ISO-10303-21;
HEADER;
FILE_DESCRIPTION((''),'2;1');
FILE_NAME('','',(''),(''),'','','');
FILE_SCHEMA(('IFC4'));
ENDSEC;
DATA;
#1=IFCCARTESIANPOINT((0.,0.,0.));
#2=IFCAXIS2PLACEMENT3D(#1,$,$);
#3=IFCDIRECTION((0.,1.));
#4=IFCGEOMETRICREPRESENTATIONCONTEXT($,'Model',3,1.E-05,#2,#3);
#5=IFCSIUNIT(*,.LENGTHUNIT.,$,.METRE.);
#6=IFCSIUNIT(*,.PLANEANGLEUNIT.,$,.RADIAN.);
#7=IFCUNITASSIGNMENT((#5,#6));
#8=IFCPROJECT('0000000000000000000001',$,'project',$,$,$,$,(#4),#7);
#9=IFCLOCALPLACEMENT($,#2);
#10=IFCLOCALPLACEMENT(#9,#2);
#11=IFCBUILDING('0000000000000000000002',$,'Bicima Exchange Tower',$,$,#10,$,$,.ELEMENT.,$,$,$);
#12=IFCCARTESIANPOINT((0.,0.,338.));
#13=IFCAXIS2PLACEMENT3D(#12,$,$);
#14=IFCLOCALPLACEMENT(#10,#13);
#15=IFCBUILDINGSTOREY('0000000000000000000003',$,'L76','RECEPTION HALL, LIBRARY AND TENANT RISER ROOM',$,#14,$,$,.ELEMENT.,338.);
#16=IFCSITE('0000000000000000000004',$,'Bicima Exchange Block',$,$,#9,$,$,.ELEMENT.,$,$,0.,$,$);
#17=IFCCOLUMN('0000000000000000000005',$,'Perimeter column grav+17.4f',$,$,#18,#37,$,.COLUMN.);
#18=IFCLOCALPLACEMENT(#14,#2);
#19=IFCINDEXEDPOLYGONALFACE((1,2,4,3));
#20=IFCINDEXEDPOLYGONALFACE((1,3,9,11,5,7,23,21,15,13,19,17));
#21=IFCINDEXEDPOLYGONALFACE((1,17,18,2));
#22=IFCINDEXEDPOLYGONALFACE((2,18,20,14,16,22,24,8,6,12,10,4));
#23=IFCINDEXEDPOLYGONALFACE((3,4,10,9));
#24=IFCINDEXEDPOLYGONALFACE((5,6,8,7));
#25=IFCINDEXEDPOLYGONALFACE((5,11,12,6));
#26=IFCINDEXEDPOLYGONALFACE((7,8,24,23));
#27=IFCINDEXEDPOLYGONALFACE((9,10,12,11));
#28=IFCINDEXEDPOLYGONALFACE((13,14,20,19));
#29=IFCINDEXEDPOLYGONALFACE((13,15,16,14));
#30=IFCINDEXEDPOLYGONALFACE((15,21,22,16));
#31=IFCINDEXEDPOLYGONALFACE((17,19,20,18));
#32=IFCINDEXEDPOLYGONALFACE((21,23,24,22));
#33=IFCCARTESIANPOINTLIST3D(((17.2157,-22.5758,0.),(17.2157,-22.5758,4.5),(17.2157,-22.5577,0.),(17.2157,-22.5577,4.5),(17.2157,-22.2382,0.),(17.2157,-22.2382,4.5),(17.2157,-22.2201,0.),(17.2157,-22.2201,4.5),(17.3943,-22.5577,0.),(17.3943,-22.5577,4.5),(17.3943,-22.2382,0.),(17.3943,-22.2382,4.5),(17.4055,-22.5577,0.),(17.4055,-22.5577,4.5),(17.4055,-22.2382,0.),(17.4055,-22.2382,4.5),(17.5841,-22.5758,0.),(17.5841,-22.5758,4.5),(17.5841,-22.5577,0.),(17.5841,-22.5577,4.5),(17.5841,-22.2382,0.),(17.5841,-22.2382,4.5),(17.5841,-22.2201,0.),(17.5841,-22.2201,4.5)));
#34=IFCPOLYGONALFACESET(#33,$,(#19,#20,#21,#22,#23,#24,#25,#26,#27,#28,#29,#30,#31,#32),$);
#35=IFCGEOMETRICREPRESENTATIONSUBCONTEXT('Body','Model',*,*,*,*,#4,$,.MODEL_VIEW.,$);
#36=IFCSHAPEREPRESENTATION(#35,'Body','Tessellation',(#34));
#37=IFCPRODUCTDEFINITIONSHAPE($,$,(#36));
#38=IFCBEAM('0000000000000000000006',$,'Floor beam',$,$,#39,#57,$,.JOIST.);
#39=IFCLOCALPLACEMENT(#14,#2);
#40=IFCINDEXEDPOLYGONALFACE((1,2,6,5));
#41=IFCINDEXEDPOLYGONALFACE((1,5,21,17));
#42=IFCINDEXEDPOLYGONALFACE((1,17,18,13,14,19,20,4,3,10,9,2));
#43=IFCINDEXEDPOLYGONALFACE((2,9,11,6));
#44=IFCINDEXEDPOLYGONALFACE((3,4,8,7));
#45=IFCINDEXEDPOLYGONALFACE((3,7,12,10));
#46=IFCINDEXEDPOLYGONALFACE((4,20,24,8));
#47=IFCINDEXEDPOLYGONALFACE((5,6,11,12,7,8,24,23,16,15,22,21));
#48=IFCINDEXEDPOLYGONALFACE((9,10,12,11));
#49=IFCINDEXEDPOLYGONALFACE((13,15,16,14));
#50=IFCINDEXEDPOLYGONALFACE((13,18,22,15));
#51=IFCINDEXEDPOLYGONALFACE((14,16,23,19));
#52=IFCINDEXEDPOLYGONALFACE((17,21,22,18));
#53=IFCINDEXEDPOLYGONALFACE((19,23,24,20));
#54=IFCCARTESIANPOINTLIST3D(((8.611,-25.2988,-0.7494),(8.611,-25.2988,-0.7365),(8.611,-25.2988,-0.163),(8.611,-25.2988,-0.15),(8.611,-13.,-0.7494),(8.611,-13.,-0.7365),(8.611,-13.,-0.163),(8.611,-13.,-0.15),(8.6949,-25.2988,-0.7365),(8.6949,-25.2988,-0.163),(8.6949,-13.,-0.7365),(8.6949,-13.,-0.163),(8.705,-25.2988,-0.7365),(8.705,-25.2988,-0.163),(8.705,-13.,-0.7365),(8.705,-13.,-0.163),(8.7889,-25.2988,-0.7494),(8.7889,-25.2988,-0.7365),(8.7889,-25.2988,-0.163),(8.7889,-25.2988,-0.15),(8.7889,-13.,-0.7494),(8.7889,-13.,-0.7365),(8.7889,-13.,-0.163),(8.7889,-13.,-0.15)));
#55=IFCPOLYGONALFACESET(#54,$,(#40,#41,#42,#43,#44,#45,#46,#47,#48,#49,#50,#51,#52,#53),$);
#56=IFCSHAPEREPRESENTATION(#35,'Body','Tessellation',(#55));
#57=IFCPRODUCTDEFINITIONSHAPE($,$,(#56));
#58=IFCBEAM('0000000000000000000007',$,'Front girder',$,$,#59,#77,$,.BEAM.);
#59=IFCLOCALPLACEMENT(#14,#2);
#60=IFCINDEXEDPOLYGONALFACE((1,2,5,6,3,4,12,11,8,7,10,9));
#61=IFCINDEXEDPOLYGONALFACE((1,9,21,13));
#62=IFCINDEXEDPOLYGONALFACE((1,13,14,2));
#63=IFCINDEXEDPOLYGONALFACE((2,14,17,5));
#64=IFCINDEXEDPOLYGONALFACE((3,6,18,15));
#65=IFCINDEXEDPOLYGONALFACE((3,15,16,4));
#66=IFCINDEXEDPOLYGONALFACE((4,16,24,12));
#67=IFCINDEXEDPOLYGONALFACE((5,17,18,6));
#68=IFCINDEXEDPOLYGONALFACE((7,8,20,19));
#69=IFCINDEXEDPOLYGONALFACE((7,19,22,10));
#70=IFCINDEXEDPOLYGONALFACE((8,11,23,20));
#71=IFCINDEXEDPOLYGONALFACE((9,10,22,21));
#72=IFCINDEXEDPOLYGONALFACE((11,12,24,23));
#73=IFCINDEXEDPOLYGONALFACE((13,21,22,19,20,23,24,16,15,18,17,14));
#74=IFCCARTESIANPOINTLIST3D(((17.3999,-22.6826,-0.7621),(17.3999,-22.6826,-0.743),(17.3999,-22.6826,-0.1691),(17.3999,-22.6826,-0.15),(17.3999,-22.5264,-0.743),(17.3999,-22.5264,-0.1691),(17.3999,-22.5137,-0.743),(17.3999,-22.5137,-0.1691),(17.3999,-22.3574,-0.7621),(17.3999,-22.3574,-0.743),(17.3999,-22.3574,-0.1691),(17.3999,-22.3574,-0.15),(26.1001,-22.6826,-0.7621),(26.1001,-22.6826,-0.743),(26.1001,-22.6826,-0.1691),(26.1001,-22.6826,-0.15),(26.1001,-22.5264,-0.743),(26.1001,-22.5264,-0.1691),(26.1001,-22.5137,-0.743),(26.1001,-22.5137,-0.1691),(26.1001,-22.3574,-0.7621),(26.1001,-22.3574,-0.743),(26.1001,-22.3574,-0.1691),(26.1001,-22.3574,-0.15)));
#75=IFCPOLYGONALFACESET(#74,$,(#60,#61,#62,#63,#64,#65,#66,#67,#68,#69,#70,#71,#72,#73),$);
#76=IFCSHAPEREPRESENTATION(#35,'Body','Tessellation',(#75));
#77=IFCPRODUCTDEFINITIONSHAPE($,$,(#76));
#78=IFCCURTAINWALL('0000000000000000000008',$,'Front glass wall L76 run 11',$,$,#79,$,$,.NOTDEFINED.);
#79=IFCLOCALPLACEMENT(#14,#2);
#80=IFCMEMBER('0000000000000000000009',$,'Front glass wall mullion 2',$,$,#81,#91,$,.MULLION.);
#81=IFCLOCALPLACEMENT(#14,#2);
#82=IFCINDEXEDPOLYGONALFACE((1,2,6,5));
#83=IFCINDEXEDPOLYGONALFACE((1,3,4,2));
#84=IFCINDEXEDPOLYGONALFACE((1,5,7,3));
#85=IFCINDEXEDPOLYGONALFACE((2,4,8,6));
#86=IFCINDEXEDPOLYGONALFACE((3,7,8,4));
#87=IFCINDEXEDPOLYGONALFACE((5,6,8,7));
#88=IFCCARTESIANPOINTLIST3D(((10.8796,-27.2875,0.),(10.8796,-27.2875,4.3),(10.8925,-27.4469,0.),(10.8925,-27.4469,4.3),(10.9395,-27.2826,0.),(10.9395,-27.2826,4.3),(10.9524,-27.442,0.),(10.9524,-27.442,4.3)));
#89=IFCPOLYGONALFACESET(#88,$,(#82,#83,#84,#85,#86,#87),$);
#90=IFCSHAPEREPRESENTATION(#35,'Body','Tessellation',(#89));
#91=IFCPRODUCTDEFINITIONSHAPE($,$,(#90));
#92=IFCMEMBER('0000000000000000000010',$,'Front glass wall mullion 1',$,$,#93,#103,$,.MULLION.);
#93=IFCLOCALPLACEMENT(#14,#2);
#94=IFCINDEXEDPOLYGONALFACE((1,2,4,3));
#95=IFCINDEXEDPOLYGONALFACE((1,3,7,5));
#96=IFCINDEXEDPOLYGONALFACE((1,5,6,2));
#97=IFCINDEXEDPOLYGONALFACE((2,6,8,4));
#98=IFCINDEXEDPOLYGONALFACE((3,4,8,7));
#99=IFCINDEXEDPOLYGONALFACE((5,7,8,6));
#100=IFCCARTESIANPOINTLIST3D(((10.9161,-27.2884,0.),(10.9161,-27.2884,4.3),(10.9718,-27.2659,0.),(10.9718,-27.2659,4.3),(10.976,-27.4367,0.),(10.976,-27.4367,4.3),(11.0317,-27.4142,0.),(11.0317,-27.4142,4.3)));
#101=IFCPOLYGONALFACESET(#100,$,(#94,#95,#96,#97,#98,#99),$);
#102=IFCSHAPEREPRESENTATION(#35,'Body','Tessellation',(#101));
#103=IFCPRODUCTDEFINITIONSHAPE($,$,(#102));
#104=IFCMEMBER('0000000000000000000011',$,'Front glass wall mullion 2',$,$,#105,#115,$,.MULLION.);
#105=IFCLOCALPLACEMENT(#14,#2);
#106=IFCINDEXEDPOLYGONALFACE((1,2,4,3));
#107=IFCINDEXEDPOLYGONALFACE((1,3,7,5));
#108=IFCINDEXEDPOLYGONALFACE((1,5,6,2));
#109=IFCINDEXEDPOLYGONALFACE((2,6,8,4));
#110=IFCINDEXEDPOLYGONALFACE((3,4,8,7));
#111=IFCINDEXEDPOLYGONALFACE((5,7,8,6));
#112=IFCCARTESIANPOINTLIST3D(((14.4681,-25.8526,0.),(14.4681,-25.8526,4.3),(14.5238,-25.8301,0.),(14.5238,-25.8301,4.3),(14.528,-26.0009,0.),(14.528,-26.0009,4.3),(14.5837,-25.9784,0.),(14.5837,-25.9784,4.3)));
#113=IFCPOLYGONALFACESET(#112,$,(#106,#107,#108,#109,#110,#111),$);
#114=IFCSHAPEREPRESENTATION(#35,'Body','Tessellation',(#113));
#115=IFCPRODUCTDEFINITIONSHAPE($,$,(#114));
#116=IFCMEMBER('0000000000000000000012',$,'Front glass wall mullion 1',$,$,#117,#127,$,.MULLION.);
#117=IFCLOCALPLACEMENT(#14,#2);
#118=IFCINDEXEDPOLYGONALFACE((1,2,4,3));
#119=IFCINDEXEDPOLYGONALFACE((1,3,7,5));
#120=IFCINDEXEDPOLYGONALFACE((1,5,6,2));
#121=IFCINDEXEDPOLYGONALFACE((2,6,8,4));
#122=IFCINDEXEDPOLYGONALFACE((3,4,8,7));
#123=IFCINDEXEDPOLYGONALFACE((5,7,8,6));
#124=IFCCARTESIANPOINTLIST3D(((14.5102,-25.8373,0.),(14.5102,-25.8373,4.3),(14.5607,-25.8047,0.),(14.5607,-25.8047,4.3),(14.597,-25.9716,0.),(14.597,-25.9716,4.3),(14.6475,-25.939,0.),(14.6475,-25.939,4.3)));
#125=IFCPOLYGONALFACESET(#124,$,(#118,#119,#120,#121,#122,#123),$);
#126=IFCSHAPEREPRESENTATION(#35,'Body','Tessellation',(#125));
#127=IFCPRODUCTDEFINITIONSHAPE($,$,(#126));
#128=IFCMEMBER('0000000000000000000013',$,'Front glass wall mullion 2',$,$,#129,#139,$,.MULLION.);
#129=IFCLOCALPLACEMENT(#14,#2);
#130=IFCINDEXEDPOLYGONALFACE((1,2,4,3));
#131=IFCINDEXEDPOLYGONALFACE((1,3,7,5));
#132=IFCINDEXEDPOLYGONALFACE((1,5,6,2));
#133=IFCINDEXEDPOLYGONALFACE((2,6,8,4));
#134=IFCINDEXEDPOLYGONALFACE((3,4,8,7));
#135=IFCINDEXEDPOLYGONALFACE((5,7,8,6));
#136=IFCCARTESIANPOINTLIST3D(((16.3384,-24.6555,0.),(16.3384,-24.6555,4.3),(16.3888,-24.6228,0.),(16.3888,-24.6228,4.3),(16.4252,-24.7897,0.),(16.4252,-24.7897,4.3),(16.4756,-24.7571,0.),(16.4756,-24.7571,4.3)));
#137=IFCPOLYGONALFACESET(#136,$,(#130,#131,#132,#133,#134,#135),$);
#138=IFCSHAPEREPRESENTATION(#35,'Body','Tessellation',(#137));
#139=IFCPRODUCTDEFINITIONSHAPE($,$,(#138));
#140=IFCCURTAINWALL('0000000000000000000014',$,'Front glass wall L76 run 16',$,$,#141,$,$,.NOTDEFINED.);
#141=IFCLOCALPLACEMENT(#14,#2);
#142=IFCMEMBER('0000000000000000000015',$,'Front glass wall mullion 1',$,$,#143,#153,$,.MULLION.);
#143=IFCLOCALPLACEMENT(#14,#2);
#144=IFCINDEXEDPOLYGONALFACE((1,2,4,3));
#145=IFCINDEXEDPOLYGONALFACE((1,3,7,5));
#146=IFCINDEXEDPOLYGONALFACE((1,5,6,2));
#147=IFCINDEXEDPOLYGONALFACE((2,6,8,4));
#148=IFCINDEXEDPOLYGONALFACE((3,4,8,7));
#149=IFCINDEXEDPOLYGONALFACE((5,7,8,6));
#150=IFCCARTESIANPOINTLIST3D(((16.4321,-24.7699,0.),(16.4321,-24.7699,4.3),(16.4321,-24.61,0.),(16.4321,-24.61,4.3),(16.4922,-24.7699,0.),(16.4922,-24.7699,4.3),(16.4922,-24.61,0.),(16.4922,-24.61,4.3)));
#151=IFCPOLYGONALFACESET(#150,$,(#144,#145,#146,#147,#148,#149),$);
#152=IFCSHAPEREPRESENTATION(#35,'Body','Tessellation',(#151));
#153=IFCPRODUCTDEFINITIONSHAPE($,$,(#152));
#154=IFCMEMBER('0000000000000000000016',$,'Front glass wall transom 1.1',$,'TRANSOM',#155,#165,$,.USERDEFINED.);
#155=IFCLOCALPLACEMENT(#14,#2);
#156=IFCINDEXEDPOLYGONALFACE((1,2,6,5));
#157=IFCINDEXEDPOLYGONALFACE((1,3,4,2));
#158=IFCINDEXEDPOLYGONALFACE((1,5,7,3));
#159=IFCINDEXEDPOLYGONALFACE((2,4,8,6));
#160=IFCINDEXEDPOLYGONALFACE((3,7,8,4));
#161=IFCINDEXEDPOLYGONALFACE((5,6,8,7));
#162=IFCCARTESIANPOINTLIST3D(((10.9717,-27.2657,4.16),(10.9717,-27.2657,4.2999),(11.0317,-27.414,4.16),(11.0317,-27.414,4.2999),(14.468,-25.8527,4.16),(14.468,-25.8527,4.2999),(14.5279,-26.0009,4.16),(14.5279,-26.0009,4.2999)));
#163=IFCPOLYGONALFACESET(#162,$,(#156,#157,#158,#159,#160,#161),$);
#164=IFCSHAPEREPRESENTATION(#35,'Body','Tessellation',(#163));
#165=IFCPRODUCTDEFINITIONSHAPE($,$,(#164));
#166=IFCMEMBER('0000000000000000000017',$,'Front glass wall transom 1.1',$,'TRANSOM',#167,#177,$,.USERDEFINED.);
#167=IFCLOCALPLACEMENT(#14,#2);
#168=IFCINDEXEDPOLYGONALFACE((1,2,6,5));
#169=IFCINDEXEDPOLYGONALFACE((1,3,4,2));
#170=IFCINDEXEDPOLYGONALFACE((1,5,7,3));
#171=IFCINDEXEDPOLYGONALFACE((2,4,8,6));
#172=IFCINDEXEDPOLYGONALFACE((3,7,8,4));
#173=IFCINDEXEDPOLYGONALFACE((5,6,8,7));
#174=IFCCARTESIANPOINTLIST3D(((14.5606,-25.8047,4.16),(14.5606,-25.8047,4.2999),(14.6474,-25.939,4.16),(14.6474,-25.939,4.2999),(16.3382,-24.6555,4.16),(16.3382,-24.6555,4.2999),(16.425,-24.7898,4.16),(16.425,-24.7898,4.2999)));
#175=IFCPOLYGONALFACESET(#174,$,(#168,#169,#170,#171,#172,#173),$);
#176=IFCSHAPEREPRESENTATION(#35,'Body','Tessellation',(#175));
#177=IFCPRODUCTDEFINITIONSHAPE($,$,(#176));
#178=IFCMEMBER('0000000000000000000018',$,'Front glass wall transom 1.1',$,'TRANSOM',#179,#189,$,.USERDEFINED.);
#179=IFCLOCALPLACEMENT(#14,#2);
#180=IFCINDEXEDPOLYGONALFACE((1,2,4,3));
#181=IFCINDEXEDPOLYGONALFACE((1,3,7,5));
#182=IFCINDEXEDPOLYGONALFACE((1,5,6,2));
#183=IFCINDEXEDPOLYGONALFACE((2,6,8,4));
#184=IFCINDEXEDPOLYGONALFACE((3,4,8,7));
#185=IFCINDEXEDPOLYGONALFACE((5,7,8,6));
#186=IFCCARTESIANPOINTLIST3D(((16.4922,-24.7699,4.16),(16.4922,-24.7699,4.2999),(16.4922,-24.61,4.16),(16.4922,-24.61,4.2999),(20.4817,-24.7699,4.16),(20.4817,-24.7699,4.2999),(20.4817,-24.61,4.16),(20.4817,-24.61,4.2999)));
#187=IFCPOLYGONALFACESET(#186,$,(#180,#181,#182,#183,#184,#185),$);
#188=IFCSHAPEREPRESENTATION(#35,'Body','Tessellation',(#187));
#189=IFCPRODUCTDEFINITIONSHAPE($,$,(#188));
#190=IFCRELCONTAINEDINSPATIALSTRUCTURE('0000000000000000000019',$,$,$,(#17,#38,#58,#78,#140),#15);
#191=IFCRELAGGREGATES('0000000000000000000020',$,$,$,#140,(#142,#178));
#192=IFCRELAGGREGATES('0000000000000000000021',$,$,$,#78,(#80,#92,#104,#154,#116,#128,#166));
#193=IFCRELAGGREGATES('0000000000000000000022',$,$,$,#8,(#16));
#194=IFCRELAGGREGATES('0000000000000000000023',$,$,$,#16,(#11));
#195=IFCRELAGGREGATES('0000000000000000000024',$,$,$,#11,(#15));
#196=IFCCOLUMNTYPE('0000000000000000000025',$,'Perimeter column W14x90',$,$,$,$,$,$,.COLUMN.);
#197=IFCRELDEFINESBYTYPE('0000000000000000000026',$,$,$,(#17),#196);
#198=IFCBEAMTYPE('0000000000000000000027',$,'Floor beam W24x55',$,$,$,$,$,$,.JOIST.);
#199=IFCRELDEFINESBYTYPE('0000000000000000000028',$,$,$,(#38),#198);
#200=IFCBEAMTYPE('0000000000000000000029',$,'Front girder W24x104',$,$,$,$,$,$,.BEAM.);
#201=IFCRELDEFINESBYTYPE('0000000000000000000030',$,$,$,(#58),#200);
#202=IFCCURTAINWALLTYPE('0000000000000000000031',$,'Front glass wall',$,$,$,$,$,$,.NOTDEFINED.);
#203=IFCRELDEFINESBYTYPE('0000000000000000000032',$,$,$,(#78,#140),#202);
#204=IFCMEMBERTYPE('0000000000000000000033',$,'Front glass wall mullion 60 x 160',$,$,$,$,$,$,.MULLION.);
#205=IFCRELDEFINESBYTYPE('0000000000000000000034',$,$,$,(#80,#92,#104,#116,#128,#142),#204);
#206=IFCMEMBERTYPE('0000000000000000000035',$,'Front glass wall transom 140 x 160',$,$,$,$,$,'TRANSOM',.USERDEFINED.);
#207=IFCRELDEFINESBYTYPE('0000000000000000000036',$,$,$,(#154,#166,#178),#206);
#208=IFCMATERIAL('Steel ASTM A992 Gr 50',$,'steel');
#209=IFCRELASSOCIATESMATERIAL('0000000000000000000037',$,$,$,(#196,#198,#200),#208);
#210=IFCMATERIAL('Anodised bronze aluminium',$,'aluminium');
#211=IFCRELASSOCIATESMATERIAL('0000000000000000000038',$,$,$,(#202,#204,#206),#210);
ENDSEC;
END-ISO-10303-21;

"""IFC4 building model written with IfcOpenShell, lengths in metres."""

from ifc_helpers import new_model, si_unit, direction, frame, origin, origin_2d, place, context, subcontext, project, spatial, rectangle, i_section, extrude, material, material_profile, profile_set, type_object, element, aggregate, save


model = new_model("IFC4")

# Units and contexts
model_context = context("Model", 3, precision=1e-05, world=origin(), true_north=direction((0.0, 1.0)))
body_context = subcontext(model_context, "Body", "Model", "MODEL_VIEW")
ifc_project = project(units=[si_unit("LENGTHUNIT", "METRE"), si_unit("PLANEANGLEUNIT", "RADIAN")], contexts=[model_context])

# Site, building, storey
site_placement = place(None, origin())
site = spatial("IfcSite", under=ifc_project, at=site_placement, Name="Bicima Exchange Block", CompositionType="ELEMENT", RefElevation=0.0)
building_placement = place(site_placement, origin())
building = spatial("IfcBuilding", under=site, at=building_placement, Name="Bicima Exchange Tower", CompositionType="ELEMENT")
storey_placement = place(building_placement, frame((0.0, 0.0, 338.0)))
storey = spatial("IfcBuildingStorey", under=building, at=storey_placement, Name="L76", Description="RECEPTION HALL, LIBRARY AND TENANT RISER ROOM", CompositionType="ELEMENT", Elevation=338.0)

# Column
ifc_material_1 = material(Name="Steel ASTM A992 Gr 50", Category="steel")
ifc_material_profile_1 = material_profile(ifc_material_1, i_section(OverallWidth=0.3684, OverallDepth=0.3557, WebThickness=0.0112, FlangeThickness=0.0181, at=origin_2d()))
ifc_profile_set_1 = profile_set([ifc_material_profile_1], Name="Steel ASTM A992 Gr 50")
column_type = type_object("IfcColumnType", Name="Perimeter column W14x90", PredefinedType="COLUMN", material=ifc_profile_set_1)
column_placement = place(storey_placement, frame((17.3999, -22.3979, 0.0), z_axis=(0.0, 0.0, 1.0), x_axis=(1.0, 0.0, 0.0)))
element("IfcColumn", 1, at=column_placement, inside=storey, type_object=column_type, Name="Perimeter column grav+17.4f", PredefinedType="COLUMN", context=body_context, shape_type="SweptSolid", body=[
    extrude(i_section(OverallWidth=0.3684, OverallDepth=0.3557, WebThickness=0.0112, FlangeThickness=0.0181, at=origin_2d()), origin(), (0.0, 0.0, 1.0), 4.5),
])

# Beams
ifc_material_profile_2 = material_profile(ifc_material_1, i_section(OverallWidth=0.178, OverallDepth=0.5994, WebThickness=0.01, FlangeThickness=0.0129, at=origin_2d()))
ifc_profile_set_2 = profile_set([ifc_material_profile_2], Name="Steel ASTM A992 Gr 50")
beam_type_1 = type_object("IfcBeamType", Name="Floor beam W24x55", PredefinedType="JOIST", material=ifc_profile_set_2)
beam_1_placement = place(storey_placement, frame((8.7, -13.0, -0.4497), z_axis=(0.0, -1.0, 0.0), x_axis=(1.0, 0.0, 0.0)))
element("IfcBeam", 2, at=beam_1_placement, inside=storey, type_object=beam_type_1, Name="Floor beam", PredefinedType="JOIST", context=body_context, shape_type="SweptSolid", body=[
    extrude(i_section(OverallWidth=0.178, OverallDepth=0.5994, WebThickness=0.01, FlangeThickness=0.0129, at=origin_2d()), origin(), (0.0, 0.0, 1.0), 12.2988),
])
ifc_material_profile_3 = material_profile(ifc_material_1, i_section(OverallWidth=0.3252, OverallDepth=0.6121, WebThickness=0.0127, FlangeThickness=0.019, at=origin_2d()))
ifc_profile_set_3 = profile_set([ifc_material_profile_3], Name="Steel ASTM A992 Gr 50")
beam_type_2 = type_object("IfcBeamType", Name="Front girder W24x104", PredefinedType="BEAM", material=ifc_profile_set_3)
beam_2_placement = place(storey_placement, frame((17.3999, -22.52, -0.4561), z_axis=(1.0, 0.0, 0.0), x_axis=(0.0, 1.0, 0.0)))
element("IfcBeam", 3, at=beam_2_placement, inside=storey, type_object=beam_type_2, Name="Front girder", PredefinedType="BEAM", context=body_context, shape_type="SweptSolid", body=[
    extrude(i_section(OverallWidth=0.3252, OverallDepth=0.6121, WebThickness=0.0127, FlangeThickness=0.019, at=origin_2d()), origin(), (0.0, 0.0, 1.0), 8.7002),
])

# Curtain wall, members
ifc_material_2 = material(Name="Anodised bronze aluminium", Category="aluminium")
curtain_wall_type = type_object("IfcCurtainWallType", Name="Front glass wall", PredefinedType="NOTDEFINED", material=ifc_material_2)
curtain_wall_1_placement = place(storey_placement, origin())
curtain_wall_1 = element("IfcCurtainWall", 4, at=curtain_wall_1_placement, inside=storey, type_object=curtain_wall_type, Name="Front glass wall L76 run 11", PredefinedType="NOTDEFINED")
ifc_material_profile_4 = material_profile(ifc_material_2, rectangle(XDim=0.1599, YDim=0.0601, at=origin_2d()))
ifc_profile_set_4 = profile_set([ifc_material_profile_4], Name="Anodised bronze aluminium")
member_type_1 = type_object("IfcMemberType", Name="Front glass wall mullion 60 x 160", PredefinedType="MULLION", material=ifc_profile_set_4)
member_1_placement = place(storey_placement, frame((10.916, -27.3647, 0.0), z_axis=(0.0, 0.0, 1.0), x_axis=(-0.080589, 0.996747, 0.0)))
member_1 = element("IfcMember", 5, at=member_1_placement, type_object=member_type_1, Name="Front glass wall mullion 2", PredefinedType="MULLION", context=body_context, shape_type="SweptSolid", body=[
    extrude(rectangle(XDim=0.1599, YDim=0.0601, at=origin_2d()), origin(), (0.0, 0.0, 1.0), 4.3),
])
member_2_placement = place(storey_placement, frame((10.9739, -27.3513, 0.0), z_axis=(0.0, 0.0, 1.0), x_axis=(-0.374705, 0.927144, 0.0)))
member_2 = element("IfcMember", 6, at=member_2_placement, type_object=member_type_1, Name="Front glass wall mullion 1", PredefinedType="MULLION", context=body_context, shape_type="SweptSolid", body=[
    extrude(rectangle(XDim=0.1599, YDim=0.0601, at=origin_2d()), origin(), (0.0, 0.0, 1.0), 4.3),
])
member_3_placement = place(storey_placement, frame((14.5259, -25.9155, 0.0), z_axis=(0.0, 0.0, 1.0), x_axis=(-0.374705, 0.927144, 0.0)))
member_3 = element("IfcMember", 7, at=member_3_placement, type_object=member_type_1, Name="Front glass wall mullion 2", PredefinedType="MULLION", context=body_context, shape_type="SweptSolid", body=[
    extrude(rectangle(XDim=0.1599, YDim=0.0601, at=origin_2d()), origin(), (0.0, 0.0, 1.0), 4.3),
])
member_4_placement = place(storey_placement, frame((14.5789, -25.8882, 0.0), z_axis=(0.0, 0.0, 1.0), x_axis=(-0.542909, 0.839791, 0.0)))
member_4 = element("IfcMember", 8, at=member_4_placement, type_object=member_type_1, Name="Front glass wall mullion 1", PredefinedType="MULLION", context=body_context, shape_type="SweptSolid", body=[
    extrude(rectangle(XDim=0.1599, YDim=0.0601, at=origin_2d()), origin(), (0.0, 0.0, 1.0), 4.3),
])
member_5_placement = place(storey_placement, frame((16.407, -24.7063, 0.0), z_axis=(0.0, 0.0, 1.0), x_axis=(-0.542909, 0.839791, 0.0)))
member_5 = element("IfcMember", 9, at=member_5_placement, type_object=member_type_1, Name="Front glass wall mullion 2", PredefinedType="MULLION", context=body_context, shape_type="SweptSolid", body=[
    extrude(rectangle(XDim=0.1599, YDim=0.0601, at=origin_2d()), origin(), (0.0, 0.0, 1.0), 4.3),
])

# Curtain wall, member
curtain_wall_2_placement = place(storey_placement, origin())
curtain_wall_2 = element("IfcCurtainWall", 10, at=curtain_wall_2_placement, inside=storey, type_object=curtain_wall_type, Name="Front glass wall L76 run 16", PredefinedType="NOTDEFINED")
member_6_placement = place(storey_placement, frame((16.4622, -24.6899, 0.0), z_axis=(0.0, 0.0, 1.0), x_axis=(0.0, 1.0, 0.0)))
member_6 = element("IfcMember", 11, at=member_6_placement, type_object=member_type_1, Name="Front glass wall mullion 1", PredefinedType="MULLION", context=body_context, shape_type="SweptSolid", body=[
    extrude(rectangle(XDim=0.1599, YDim=0.0601, at=origin_2d()), origin(), (0.0, 0.0, 1.0), 4.3),
])

# Members
ifc_material_profile_5 = material_profile(ifc_material_2, rectangle(XDim=0.1599, YDim=0.1399, at=origin_2d()))
ifc_profile_set_5 = profile_set([ifc_material_profile_5], Name="Anodised bronze aluminium")
member_type_2 = type_object("IfcMemberType", Name="Front glass wall transom 140 x 160", ElementType="TRANSOM", PredefinedType="USERDEFINED", material=ifc_profile_set_5)
member_7_placement = place(storey_placement, frame((11.0017, -27.3398, 4.23), z_axis=(0.92714, 0.374715, 0.0), x_axis=(-0.374715, 0.92714, 0.0)))
member_7 = element("IfcMember", 12, at=member_7_placement, type_object=member_type_2, Name="Front glass wall transom 1.1", ObjectType="TRANSOM", PredefinedType="USERDEFINED", context=body_context, shape_type="SweptSolid", body=[
    extrude(rectangle(XDim=0.1599, YDim=0.1399, at=origin_2d()), origin(), (0.0, 0.0, 1.0), 3.771),
])
member_8_placement = place(storey_placement, frame((14.604, -25.8718, 4.23), z_axis=(0.839793, 0.542907, 0.0), x_axis=(-0.542907, 0.839793, 0.0)))
member_8 = element("IfcMember", 13, at=member_8_placement, type_object=member_type_2, Name="Front glass wall transom 1.1", ObjectType="TRANSOM", PredefinedType="USERDEFINED", context=body_context, shape_type="SweptSolid", body=[
    extrude(rectangle(XDim=0.1599, YDim=0.1399, at=origin_2d()), origin(), (0.0, 0.0, 1.0), 2.1167),
])
member_9_placement = place(storey_placement, frame((16.4922, -24.6899, 4.23), z_axis=(1.0, 0.0, 0.0), x_axis=(0.0, 1.0, 0.0)))
member_9 = element("IfcMember", 14, at=member_9_placement, type_object=member_type_2, Name="Front glass wall transom 1.1", ObjectType="TRANSOM", PredefinedType="USERDEFINED", context=body_context, shape_type="SweptSolid", body=[
    extrude(rectangle(XDim=0.1599, YDim=0.1399, at=origin_2d()), origin(), (0.0, 0.0, 1.0), 3.9895),
])
aggregate(curtain_wall_2, [member_6, member_9])

aggregate(curtain_wall_1, [member_1, member_2, member_3, member_7, member_4, member_5, member_8])

save(model, "model.ifc")
